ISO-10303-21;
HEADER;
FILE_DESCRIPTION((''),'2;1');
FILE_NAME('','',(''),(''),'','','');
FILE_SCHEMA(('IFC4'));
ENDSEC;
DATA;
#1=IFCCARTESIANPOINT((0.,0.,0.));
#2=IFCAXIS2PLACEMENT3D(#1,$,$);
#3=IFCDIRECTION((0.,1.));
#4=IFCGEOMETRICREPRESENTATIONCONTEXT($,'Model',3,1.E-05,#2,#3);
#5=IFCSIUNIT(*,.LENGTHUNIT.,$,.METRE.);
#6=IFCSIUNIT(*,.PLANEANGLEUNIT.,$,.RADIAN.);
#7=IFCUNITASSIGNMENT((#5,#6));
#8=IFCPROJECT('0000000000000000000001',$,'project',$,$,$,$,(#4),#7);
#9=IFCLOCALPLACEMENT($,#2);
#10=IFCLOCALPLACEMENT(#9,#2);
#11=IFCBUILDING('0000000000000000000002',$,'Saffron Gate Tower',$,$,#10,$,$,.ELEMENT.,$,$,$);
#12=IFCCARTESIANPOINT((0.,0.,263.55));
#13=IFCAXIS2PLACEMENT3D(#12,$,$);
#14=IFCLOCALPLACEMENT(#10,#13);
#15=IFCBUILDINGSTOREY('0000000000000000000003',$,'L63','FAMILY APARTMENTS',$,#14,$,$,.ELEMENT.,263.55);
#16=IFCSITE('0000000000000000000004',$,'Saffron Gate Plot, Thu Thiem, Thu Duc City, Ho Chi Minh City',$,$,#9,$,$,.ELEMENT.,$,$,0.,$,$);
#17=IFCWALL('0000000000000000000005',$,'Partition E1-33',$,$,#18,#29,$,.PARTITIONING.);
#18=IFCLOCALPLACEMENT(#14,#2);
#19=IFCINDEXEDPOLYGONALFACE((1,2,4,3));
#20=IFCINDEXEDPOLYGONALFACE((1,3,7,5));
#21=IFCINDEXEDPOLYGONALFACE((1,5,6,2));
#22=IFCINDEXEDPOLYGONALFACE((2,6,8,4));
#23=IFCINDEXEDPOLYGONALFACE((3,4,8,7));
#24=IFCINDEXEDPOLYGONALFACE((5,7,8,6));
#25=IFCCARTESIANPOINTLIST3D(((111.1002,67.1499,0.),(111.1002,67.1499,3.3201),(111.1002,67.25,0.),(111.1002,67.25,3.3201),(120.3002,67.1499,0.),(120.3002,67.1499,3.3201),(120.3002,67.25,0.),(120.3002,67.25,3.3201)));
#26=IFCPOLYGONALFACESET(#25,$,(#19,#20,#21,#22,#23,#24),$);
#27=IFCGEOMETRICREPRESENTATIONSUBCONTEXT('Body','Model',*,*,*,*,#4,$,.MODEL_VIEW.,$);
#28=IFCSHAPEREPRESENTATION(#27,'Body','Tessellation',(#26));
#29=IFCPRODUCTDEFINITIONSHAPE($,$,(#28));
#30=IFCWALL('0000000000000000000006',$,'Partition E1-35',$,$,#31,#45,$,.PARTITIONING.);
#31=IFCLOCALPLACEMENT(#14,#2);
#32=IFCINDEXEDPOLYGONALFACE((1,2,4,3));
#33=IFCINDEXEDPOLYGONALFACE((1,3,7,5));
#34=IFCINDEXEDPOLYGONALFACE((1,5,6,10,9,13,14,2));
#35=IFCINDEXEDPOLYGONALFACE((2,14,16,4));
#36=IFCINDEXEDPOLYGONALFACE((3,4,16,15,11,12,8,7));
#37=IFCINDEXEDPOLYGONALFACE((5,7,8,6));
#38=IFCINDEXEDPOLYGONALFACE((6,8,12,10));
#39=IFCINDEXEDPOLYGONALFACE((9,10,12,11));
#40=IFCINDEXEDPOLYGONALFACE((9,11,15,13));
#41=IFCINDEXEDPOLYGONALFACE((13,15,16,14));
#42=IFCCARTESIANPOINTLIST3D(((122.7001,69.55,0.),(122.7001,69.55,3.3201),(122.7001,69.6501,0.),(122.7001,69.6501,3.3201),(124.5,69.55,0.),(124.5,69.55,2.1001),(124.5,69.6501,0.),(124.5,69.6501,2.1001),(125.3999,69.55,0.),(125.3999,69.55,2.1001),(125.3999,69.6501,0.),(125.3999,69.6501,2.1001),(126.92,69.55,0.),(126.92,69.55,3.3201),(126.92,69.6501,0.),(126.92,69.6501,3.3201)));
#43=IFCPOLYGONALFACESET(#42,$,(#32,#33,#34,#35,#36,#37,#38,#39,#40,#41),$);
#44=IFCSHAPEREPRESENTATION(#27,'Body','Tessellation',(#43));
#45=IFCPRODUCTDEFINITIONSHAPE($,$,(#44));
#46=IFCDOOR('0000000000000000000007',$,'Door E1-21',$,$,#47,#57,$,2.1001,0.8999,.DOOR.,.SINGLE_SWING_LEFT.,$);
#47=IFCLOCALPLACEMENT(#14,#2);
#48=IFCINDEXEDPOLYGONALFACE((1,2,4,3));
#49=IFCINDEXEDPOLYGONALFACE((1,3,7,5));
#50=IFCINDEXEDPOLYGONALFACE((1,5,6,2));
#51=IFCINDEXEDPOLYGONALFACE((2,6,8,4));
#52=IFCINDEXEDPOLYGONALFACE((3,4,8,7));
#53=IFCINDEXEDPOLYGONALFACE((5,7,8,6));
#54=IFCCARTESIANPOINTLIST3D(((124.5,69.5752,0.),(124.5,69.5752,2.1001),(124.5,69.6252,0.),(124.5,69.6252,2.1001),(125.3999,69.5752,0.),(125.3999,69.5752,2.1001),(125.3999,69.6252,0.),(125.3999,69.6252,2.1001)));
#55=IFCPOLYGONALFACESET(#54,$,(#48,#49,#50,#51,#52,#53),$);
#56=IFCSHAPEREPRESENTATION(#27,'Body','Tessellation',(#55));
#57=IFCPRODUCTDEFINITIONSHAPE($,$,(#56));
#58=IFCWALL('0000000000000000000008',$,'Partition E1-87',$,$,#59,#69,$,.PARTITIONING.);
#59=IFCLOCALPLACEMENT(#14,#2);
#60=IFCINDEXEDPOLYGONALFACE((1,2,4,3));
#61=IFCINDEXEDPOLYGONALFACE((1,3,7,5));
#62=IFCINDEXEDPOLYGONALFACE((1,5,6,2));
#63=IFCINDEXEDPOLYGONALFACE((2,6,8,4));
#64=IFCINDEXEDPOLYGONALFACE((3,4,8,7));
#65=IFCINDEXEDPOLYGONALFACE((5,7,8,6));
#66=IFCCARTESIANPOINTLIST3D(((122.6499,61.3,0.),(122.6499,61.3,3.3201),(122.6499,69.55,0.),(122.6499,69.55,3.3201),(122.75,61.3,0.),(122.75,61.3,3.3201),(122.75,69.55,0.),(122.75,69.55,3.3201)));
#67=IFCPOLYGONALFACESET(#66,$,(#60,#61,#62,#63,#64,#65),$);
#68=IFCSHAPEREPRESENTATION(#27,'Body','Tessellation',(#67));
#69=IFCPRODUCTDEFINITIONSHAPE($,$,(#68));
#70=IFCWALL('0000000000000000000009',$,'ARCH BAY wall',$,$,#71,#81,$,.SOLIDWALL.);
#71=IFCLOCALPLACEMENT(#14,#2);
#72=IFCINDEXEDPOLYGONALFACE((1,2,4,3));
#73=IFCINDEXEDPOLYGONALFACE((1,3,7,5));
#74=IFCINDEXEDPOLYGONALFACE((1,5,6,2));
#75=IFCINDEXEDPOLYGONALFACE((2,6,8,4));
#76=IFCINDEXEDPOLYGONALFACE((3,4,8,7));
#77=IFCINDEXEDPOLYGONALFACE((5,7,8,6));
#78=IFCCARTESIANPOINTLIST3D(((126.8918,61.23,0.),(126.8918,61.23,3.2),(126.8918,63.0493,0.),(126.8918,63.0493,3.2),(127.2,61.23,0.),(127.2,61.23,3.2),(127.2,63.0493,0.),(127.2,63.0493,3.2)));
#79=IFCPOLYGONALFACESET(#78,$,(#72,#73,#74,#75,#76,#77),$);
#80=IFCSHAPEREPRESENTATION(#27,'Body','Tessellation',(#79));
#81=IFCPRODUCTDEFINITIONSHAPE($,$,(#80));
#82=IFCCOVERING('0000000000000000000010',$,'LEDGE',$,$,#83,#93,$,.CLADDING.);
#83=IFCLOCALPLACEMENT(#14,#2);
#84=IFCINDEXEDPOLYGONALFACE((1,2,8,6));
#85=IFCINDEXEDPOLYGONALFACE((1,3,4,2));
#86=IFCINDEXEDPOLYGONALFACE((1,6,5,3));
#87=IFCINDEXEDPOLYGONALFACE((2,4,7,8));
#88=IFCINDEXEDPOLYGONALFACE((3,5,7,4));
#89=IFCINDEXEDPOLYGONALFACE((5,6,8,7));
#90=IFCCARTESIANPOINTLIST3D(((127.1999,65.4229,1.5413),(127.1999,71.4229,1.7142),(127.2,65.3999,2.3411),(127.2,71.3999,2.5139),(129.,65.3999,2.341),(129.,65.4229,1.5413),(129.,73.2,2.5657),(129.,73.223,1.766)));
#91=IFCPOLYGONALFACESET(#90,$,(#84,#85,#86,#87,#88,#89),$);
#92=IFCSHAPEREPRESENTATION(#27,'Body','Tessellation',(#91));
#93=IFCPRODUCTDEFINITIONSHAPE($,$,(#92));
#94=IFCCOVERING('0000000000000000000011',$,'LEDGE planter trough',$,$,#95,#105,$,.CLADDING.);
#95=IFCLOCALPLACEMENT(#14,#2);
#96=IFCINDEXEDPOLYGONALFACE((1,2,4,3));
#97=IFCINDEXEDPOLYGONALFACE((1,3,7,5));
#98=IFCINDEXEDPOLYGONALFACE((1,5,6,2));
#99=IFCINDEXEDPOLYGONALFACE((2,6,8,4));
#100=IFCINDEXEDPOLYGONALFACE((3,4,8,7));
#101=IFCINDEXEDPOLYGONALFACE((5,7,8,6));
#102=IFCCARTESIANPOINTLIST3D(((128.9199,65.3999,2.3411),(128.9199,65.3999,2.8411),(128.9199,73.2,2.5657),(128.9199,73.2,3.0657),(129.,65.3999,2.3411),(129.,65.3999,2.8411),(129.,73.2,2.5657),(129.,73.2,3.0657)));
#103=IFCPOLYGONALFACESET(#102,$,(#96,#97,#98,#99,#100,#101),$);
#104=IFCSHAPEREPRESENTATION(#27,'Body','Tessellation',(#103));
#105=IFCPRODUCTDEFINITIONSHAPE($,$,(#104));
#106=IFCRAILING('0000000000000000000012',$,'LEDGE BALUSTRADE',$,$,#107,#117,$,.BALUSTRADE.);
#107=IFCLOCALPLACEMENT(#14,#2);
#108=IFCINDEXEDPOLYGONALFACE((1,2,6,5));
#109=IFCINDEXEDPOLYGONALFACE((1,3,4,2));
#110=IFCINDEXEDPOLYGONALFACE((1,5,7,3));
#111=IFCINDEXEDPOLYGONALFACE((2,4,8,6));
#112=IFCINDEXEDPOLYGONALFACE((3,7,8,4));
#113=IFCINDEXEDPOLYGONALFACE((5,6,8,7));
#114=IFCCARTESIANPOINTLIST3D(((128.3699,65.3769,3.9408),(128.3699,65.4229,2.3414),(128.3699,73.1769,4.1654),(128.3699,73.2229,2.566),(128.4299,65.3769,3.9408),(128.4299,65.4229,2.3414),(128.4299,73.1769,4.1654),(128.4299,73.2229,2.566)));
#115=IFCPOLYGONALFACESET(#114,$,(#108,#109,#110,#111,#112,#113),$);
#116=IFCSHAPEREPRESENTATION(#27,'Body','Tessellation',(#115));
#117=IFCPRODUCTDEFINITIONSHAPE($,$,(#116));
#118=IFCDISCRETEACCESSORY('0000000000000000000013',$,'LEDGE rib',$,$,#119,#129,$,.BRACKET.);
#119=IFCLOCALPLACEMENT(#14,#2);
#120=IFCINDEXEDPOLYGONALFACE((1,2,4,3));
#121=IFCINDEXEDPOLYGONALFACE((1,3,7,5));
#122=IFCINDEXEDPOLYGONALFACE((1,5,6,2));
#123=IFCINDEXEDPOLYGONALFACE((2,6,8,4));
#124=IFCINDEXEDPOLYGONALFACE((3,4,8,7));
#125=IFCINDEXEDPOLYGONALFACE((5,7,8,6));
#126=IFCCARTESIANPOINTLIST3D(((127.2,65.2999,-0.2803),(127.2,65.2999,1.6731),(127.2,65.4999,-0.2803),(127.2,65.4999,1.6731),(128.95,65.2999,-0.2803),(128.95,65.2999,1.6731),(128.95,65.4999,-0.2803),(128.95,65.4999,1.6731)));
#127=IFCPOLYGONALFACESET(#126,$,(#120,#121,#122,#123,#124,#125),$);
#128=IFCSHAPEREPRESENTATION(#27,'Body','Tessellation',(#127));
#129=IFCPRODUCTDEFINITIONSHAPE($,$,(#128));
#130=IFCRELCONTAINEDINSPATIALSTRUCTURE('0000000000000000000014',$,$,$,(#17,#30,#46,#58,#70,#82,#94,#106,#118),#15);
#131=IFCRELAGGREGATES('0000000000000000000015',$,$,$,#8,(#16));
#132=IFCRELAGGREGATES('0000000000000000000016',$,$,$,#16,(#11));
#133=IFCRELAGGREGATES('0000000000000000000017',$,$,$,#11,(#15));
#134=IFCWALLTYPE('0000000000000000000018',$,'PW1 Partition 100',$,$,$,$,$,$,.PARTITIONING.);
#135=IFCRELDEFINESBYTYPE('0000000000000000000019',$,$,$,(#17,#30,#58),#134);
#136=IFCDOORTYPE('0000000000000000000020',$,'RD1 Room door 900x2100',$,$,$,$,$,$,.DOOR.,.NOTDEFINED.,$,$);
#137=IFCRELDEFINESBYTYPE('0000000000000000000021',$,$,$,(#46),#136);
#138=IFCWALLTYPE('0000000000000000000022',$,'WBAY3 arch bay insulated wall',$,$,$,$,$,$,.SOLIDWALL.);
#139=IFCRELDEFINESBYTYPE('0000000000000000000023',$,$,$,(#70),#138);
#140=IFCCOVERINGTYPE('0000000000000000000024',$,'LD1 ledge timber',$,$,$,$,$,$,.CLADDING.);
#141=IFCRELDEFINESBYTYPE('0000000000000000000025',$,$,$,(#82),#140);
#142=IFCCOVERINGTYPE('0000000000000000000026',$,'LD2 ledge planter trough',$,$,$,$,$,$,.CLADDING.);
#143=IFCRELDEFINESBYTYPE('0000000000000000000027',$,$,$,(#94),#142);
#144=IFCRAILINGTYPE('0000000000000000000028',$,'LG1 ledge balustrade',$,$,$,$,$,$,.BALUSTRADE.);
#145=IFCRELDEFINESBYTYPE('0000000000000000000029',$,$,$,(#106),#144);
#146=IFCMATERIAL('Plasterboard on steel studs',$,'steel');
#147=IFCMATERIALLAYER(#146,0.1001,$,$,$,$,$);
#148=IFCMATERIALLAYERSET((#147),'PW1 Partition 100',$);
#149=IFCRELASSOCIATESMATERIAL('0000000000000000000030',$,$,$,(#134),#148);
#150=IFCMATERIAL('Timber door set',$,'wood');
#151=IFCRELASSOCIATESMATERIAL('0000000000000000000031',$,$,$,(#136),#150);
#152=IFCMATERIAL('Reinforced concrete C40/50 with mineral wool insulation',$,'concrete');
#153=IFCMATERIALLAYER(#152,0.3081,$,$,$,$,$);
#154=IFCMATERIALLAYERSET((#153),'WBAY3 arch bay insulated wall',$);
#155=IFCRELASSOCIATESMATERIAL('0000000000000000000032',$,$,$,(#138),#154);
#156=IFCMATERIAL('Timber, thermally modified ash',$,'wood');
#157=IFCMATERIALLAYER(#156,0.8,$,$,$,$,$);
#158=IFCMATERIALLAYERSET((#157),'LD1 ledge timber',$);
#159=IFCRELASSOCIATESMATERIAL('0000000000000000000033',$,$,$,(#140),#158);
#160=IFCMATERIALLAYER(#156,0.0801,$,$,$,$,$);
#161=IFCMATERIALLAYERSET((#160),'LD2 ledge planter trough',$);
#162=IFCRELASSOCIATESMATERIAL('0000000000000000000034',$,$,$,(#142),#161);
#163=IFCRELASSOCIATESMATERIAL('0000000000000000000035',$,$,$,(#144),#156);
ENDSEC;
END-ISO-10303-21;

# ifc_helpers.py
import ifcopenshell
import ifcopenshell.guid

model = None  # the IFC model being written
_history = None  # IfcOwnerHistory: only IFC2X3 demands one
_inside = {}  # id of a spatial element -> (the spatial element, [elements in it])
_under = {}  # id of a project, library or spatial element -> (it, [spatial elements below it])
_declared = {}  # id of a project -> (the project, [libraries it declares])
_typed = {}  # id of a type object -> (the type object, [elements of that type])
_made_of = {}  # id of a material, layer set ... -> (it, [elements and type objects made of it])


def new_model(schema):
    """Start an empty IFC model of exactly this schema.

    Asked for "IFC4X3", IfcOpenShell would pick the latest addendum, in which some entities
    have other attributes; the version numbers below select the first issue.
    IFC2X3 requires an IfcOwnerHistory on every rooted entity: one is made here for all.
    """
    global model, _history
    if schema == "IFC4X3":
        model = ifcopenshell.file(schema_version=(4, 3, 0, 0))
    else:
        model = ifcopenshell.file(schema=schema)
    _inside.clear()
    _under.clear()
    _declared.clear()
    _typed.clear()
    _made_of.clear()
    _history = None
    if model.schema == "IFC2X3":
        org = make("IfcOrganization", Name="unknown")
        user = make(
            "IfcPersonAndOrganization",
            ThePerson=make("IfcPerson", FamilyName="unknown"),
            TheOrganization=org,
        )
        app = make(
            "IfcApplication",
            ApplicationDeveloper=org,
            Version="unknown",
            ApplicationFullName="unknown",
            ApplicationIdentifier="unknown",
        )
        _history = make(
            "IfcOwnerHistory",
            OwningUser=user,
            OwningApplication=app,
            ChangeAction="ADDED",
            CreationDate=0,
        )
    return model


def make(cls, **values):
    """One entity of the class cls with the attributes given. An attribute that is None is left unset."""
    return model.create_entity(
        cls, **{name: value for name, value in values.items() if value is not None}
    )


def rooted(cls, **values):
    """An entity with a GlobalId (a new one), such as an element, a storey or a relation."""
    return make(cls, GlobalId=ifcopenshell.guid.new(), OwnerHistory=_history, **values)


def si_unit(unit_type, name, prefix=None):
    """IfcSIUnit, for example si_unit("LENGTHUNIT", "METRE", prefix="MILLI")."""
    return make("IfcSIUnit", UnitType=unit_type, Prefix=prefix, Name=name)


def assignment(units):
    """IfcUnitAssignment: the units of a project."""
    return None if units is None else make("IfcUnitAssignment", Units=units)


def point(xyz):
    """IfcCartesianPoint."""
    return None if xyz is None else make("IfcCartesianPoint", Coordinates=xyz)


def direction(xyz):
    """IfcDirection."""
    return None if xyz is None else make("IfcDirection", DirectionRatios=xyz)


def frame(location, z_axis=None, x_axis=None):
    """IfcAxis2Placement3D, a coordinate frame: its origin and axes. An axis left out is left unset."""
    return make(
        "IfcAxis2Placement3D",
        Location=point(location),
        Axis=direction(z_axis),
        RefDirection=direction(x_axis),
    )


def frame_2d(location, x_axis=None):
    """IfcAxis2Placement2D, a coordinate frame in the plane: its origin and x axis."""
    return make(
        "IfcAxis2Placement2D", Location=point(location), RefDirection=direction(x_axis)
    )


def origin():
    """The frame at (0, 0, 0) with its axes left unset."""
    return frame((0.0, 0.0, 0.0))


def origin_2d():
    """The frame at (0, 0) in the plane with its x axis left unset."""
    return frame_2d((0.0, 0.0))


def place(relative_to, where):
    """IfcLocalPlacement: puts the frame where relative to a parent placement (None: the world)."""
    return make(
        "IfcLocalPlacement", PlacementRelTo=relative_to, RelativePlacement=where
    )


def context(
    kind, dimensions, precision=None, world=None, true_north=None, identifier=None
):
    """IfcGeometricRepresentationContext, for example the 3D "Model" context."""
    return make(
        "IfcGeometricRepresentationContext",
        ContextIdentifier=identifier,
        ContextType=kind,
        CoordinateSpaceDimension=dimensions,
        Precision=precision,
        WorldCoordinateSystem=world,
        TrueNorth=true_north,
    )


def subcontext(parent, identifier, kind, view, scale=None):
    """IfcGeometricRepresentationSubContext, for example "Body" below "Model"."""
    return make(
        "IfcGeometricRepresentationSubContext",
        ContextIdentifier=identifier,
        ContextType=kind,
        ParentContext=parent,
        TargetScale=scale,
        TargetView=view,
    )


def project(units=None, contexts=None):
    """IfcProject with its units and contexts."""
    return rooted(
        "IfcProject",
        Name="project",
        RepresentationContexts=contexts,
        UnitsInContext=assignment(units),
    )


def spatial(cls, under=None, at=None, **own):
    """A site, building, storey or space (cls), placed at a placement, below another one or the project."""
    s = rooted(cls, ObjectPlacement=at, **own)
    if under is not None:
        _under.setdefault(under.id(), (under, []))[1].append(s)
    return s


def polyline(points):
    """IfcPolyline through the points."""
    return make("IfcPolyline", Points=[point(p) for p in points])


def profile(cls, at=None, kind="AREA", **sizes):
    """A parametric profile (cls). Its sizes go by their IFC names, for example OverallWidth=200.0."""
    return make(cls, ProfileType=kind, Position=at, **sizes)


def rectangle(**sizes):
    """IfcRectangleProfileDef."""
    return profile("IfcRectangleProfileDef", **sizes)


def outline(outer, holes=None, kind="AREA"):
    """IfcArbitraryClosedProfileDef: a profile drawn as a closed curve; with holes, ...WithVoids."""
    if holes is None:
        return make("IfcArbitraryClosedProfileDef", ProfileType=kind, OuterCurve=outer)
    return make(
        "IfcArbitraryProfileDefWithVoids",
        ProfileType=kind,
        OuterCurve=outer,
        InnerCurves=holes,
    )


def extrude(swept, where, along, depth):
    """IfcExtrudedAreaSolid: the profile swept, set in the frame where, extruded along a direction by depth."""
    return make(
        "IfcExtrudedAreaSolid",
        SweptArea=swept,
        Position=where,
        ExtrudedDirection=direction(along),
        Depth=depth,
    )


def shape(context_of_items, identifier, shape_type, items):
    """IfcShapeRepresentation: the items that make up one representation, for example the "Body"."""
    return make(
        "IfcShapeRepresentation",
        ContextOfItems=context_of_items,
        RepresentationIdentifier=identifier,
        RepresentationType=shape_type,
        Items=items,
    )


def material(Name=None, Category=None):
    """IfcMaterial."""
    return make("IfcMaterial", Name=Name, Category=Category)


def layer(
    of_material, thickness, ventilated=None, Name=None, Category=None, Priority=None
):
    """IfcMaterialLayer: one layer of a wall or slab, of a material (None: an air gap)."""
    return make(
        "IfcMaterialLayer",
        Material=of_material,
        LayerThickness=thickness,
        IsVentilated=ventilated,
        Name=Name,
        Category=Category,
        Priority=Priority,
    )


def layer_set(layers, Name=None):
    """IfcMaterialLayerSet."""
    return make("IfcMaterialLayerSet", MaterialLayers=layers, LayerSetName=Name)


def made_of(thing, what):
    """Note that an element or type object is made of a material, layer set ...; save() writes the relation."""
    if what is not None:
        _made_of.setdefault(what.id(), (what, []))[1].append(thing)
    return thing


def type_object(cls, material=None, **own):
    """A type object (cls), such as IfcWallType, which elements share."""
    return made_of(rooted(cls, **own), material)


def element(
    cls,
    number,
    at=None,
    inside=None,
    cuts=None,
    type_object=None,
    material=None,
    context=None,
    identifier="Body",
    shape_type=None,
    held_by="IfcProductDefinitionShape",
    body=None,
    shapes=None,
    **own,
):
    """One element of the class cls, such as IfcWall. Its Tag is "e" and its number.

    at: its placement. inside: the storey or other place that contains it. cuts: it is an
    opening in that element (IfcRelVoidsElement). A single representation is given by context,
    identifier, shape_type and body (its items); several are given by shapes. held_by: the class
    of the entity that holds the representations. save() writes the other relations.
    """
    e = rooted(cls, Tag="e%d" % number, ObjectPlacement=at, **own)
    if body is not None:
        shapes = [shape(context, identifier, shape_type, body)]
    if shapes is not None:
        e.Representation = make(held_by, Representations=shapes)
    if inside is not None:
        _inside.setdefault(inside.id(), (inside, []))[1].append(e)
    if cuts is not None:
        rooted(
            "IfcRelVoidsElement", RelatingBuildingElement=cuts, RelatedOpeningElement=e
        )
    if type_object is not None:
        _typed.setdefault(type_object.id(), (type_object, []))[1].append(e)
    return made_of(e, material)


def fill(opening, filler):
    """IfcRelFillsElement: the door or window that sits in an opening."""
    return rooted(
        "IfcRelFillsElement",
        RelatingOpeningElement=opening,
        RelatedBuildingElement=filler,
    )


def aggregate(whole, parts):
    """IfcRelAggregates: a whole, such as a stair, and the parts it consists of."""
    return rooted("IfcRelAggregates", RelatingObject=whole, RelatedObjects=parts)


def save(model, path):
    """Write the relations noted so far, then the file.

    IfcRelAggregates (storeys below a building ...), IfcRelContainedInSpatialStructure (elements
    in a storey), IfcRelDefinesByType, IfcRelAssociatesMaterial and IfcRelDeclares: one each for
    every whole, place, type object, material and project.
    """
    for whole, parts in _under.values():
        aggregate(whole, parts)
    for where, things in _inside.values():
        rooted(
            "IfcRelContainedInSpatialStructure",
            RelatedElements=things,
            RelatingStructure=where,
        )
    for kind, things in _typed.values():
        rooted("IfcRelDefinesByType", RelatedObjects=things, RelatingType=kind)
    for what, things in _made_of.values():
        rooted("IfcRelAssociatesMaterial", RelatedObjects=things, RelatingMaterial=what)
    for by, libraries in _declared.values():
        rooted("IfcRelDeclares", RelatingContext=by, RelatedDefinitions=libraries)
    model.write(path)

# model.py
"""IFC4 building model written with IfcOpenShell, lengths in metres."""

from ifc_helpers import new_model, si_unit, direction, frame, frame_2d, origin, origin_2d, place, context, subcontext, project, spatial, polyline, rectangle, outline, extrude, material, layer, layer_set, type_object, element, fill, save


model = new_model("IFC4")

# Units and contexts
model_context = context("Model", 3, precision=1e-05, world=origin(), true_north=direction((0.0, 1.0)))
body_context = subcontext(model_context, "Body", "Model", "MODEL_VIEW")
ifc_project = project(units=[si_unit("LENGTHUNIT", "METRE"), si_unit("PLANEANGLEUNIT", "RADIAN")], contexts=[model_context])

# Site, building, storey
site_placement = place(None, origin())
site = spatial("IfcSite", under=ifc_project, at=site_placement, Name="Saffron Gate Plot, Thu Thiem, Thu Duc City, Ho Chi Minh City", CompositionType="ELEMENT", RefElevation=0.0)
building_placement = place(site_placement, origin())
building = spatial("IfcBuilding", under=site, at=building_placement, Name="Saffron Gate Tower", CompositionType="ELEMENT")
storey_placement = place(building_placement, frame((0.0, 0.0, 263.55)))
storey = spatial("IfcBuildingStorey", under=building, at=storey_placement, Name="L63", Description="FAMILY APARTMENTS", CompositionType="ELEMENT", Elevation=263.55)

# Wall
ifc_material_1 = material(Name="Plasterboard on steel studs", Category="steel")
ifc_layer_1 = layer(ifc_material_1, 0.1001)
ifc_layer_set_1 = layer_set([ifc_layer_1], Name="PW1 Partition 100")
wall_type_1 = type_object("IfcWallType", Name="PW1 Partition 100", PredefinedType="PARTITIONING", material=ifc_layer_set_1)
wall_1_placement = place(storey_placement, frame((111.1001, 67.2, 0.0), z_axis=(0.0, 0.0, 1.0), x_axis=(1.0, 0.0, 0.0)))
element("IfcWall", 1, at=wall_1_placement, inside=storey, type_object=wall_type_1, Name="Partition E1-33", PredefinedType="PARTITIONING", context=body_context, shape_type="SweptSolid", body=[
    extrude(rectangle(XDim=9.2, YDim=0.1001, at=frame_2d((4.6001, 0.0))), origin(), (0.0, 0.0, 1.0), 3.3201),
])

# Wall, opening, door
wall_2_placement = place(storey_placement, frame((126.9199, 69.6001, 0.0), z_axis=(0.0, 0.0, 1.0), x_axis=(-1.0, 0.0, 0.0)))
wall_2 = element("IfcWall", 2, at=wall_2_placement, inside=storey, type_object=wall_type_1, Name="Partition E1-35", PredefinedType="PARTITIONING", context=body_context, shape_type="SweptSolid", body=[
    extrude(rectangle(XDim=4.22, YDim=0.1001, at=frame_2d((2.1099, 0.0))), origin(), (0.0, 0.0, 1.0), 3.3201),
])
opening_1_placement = place(wall_2_placement, frame((1.52, 0.0, 0.0)))
opening_1 = element("IfcOpeningElement", 3, at=opening_1_placement, cuts=wall_2, PredefinedType="OPENING", context=body_context, shape_type="SweptSolid", body=[
    extrude(rectangle(XDim=0.8999, YDim=2.1001, at=frame_2d((0.45, 1.05))), frame((0.0, 0.0601, 0.0), z_axis=(0.0, -1.0, 0.0), x_axis=(1.0, 0.0, 0.0)), (0.0, 0.0, 1.0), 0.1201),
])
ifc_material_2 = material(Name="Timber door set", Category="wood")
door_type = type_object("IfcDoorType", Name="RD1 Room door 900x2100", OperationType="NOTDEFINED", PredefinedType="DOOR", material=ifc_material_2)
door_placement = place(opening_1_placement, origin())
door = element("IfcDoor", 4, at=door_placement, inside=storey, type_object=door_type, Name="Door E1-21", OperationType="SINGLE_SWING_LEFT", OverallHeight=2.1001, OverallWidth=0.8999, PredefinedType="DOOR", context=body_context, shape_type="SweptSolid", body=[
    extrude(rectangle(XDim=0.8999, YDim=2.1001, at=frame_2d((0.45, 1.05))), frame((0.0, 0.0249, 0.0), z_axis=(0.0, -1.0, 0.0), x_axis=(1.0, 0.0, 0.0)), (0.0, 0.0, 1.0), 0.05),
])
fill(opening_1, door)

# Walls
wall_3_placement = place(storey_placement, frame((122.7, 69.55, 0.0), z_axis=(0.0, 0.0, 1.0), x_axis=(0.0, -1.0, 0.0)))
element("IfcWall", 5, at=wall_3_placement, inside=storey, type_object=wall_type_1, Name="Partition E1-87", PredefinedType="PARTITIONING", context=body_context, shape_type="SweptSolid", body=[
    extrude(rectangle(XDim=8.25, YDim=0.1001, at=frame_2d((4.125, 0.0))), origin(), (0.0, 0.0, 1.0), 3.3201),
])
ifc_material_3 = material(Name="Reinforced concrete C40/50 with mineral wool insulation", Category="concrete")
ifc_layer_2 = layer(ifc_material_3, 0.3081)
ifc_layer_set_2 = layer_set([ifc_layer_2], Name="WBAY3 arch bay insulated wall")
wall_type_2 = type_object("IfcWallType", Name="WBAY3 arch bay insulated wall", PredefinedType="SOLIDWALL", material=ifc_layer_set_2)
wall_4_placement = place(storey_placement, frame((127.0459, 63.0493, 0.0), z_axis=(0.0, 0.0, 1.0), x_axis=(0.0, -1.0, 0.0)))
element("IfcWall", 6, at=wall_4_placement, inside=storey, type_object=wall_type_2, Name="ARCH BAY wall", PredefinedType="SOLIDWALL", context=body_context, shape_type="SweptSolid", body=[
    extrude(rectangle(XDim=1.8193, YDim=0.3081, at=frame_2d((0.9097, 0.0))), origin(), (0.0, 0.0, 1.0), 3.2),
])

# Coverings
ifc_material_4 = material(Name="Timber, thermally modified ash", Category="wood")
ifc_layer_3 = layer(ifc_material_4, 0.8)
ifc_layer_set_3 = layer_set([ifc_layer_3], Name="LD1 ledge timber")
covering_type_1 = type_object("IfcCoveringType", Name="LD1 ledge timber", PredefinedType="CLADDING", material=ifc_layer_set_3)
covering_1_placement = place(storey_placement, frame((127.2, 65.3999, 2.3411), z_axis=(0.000024, -0.028789, 0.999585), x_axis=(0.0, 0.999585, 0.028789)))
element("IfcCovering", 7, at=covering_1_placement, inside=storey, type_object=covering_type_1, Name="LEDGE", PredefinedType="CLADDING", context=body_context, shape_type="SweptSolid", body=[
    extrude(outline(polyline([(0.0, 0.0), (6.0025, 0.0), (7.8033, -1.8), (0.0, -1.8), (0.0, 0.0)])), origin(), (0.0, 0.0, -1.0), 0.8),
])
ifc_layer_4 = layer(ifc_material_4, 0.0801)
ifc_layer_set_4 = layer_set([ifc_layer_4], Name="LD2 ledge planter trough")
covering_type_2 = type_object("IfcCoveringType", Name="LD2 ledge planter trough", PredefinedType="CLADDING", material=ifc_layer_set_4)
covering_2_placement = place(storey_placement, frame((129.0, 65.3999, 2.3411), z_axis=(1.0, 0.0, 0.0), x_axis=(0.0, 0.999586, 0.028784)))
element("IfcCovering", 8, at=covering_2_placement, inside=storey, type_object=covering_type_2, Name="LEDGE planter trough", PredefinedType="CLADDING", context=body_context, shape_type="SweptSolid", body=[
    extrude(outline(polyline([(0.0, 0.0), (7.8033, 0.0), (7.8177, 0.4998), (0.0144, 0.4998), (0.0, 0.0)])), origin(), (0.0, 0.0, -1.0), 0.0801),
])

# Railing
railing_type = type_object("IfcRailingType", Name="LG1 ledge balustrade", PredefinedType="BALUSTRADE", material=ifc_material_4)
railing_placement = place(storey_placement, frame((128.3999, 65.3999, 2.3411)))
element("IfcRailing", 9, at=railing_placement, inside=storey, type_object=railing_type, Name="LEDGE BALUSTRADE", PredefinedType="BALUSTRADE", context=body_context, shape_type="SweptSolid", body=[
    extrude(rectangle(XDim=0.0601, YDim=1.6001, at=origin_2d()), frame((0.0, 0.0, 0.8), z_axis=(0.0, 0.999586, 0.028784), x_axis=(-1.0, 0.0, 0.0)), (0.0, 0.0, 1.0), 7.8032),
])

# Discrete accessory
discrete_accessory_placement = place(storey_placement, frame((128.075, 65.3999, -0.2803), z_axis=(0.0, 0.0, 1.0), x_axis=(0.0, 1.0, 0.0)))
element("IfcDiscreteAccessory", 10, at=discrete_accessory_placement, inside=storey, Name="LEDGE rib", PredefinedType="BRACKET", context=body_context, shape_type="SweptSolid", body=[
    extrude(rectangle(XDim=0.2, YDim=1.75, at=origin_2d()), origin(), (0.0, 0.0, 1.0), 1.9534),
])

save(model, "model.ifc")
